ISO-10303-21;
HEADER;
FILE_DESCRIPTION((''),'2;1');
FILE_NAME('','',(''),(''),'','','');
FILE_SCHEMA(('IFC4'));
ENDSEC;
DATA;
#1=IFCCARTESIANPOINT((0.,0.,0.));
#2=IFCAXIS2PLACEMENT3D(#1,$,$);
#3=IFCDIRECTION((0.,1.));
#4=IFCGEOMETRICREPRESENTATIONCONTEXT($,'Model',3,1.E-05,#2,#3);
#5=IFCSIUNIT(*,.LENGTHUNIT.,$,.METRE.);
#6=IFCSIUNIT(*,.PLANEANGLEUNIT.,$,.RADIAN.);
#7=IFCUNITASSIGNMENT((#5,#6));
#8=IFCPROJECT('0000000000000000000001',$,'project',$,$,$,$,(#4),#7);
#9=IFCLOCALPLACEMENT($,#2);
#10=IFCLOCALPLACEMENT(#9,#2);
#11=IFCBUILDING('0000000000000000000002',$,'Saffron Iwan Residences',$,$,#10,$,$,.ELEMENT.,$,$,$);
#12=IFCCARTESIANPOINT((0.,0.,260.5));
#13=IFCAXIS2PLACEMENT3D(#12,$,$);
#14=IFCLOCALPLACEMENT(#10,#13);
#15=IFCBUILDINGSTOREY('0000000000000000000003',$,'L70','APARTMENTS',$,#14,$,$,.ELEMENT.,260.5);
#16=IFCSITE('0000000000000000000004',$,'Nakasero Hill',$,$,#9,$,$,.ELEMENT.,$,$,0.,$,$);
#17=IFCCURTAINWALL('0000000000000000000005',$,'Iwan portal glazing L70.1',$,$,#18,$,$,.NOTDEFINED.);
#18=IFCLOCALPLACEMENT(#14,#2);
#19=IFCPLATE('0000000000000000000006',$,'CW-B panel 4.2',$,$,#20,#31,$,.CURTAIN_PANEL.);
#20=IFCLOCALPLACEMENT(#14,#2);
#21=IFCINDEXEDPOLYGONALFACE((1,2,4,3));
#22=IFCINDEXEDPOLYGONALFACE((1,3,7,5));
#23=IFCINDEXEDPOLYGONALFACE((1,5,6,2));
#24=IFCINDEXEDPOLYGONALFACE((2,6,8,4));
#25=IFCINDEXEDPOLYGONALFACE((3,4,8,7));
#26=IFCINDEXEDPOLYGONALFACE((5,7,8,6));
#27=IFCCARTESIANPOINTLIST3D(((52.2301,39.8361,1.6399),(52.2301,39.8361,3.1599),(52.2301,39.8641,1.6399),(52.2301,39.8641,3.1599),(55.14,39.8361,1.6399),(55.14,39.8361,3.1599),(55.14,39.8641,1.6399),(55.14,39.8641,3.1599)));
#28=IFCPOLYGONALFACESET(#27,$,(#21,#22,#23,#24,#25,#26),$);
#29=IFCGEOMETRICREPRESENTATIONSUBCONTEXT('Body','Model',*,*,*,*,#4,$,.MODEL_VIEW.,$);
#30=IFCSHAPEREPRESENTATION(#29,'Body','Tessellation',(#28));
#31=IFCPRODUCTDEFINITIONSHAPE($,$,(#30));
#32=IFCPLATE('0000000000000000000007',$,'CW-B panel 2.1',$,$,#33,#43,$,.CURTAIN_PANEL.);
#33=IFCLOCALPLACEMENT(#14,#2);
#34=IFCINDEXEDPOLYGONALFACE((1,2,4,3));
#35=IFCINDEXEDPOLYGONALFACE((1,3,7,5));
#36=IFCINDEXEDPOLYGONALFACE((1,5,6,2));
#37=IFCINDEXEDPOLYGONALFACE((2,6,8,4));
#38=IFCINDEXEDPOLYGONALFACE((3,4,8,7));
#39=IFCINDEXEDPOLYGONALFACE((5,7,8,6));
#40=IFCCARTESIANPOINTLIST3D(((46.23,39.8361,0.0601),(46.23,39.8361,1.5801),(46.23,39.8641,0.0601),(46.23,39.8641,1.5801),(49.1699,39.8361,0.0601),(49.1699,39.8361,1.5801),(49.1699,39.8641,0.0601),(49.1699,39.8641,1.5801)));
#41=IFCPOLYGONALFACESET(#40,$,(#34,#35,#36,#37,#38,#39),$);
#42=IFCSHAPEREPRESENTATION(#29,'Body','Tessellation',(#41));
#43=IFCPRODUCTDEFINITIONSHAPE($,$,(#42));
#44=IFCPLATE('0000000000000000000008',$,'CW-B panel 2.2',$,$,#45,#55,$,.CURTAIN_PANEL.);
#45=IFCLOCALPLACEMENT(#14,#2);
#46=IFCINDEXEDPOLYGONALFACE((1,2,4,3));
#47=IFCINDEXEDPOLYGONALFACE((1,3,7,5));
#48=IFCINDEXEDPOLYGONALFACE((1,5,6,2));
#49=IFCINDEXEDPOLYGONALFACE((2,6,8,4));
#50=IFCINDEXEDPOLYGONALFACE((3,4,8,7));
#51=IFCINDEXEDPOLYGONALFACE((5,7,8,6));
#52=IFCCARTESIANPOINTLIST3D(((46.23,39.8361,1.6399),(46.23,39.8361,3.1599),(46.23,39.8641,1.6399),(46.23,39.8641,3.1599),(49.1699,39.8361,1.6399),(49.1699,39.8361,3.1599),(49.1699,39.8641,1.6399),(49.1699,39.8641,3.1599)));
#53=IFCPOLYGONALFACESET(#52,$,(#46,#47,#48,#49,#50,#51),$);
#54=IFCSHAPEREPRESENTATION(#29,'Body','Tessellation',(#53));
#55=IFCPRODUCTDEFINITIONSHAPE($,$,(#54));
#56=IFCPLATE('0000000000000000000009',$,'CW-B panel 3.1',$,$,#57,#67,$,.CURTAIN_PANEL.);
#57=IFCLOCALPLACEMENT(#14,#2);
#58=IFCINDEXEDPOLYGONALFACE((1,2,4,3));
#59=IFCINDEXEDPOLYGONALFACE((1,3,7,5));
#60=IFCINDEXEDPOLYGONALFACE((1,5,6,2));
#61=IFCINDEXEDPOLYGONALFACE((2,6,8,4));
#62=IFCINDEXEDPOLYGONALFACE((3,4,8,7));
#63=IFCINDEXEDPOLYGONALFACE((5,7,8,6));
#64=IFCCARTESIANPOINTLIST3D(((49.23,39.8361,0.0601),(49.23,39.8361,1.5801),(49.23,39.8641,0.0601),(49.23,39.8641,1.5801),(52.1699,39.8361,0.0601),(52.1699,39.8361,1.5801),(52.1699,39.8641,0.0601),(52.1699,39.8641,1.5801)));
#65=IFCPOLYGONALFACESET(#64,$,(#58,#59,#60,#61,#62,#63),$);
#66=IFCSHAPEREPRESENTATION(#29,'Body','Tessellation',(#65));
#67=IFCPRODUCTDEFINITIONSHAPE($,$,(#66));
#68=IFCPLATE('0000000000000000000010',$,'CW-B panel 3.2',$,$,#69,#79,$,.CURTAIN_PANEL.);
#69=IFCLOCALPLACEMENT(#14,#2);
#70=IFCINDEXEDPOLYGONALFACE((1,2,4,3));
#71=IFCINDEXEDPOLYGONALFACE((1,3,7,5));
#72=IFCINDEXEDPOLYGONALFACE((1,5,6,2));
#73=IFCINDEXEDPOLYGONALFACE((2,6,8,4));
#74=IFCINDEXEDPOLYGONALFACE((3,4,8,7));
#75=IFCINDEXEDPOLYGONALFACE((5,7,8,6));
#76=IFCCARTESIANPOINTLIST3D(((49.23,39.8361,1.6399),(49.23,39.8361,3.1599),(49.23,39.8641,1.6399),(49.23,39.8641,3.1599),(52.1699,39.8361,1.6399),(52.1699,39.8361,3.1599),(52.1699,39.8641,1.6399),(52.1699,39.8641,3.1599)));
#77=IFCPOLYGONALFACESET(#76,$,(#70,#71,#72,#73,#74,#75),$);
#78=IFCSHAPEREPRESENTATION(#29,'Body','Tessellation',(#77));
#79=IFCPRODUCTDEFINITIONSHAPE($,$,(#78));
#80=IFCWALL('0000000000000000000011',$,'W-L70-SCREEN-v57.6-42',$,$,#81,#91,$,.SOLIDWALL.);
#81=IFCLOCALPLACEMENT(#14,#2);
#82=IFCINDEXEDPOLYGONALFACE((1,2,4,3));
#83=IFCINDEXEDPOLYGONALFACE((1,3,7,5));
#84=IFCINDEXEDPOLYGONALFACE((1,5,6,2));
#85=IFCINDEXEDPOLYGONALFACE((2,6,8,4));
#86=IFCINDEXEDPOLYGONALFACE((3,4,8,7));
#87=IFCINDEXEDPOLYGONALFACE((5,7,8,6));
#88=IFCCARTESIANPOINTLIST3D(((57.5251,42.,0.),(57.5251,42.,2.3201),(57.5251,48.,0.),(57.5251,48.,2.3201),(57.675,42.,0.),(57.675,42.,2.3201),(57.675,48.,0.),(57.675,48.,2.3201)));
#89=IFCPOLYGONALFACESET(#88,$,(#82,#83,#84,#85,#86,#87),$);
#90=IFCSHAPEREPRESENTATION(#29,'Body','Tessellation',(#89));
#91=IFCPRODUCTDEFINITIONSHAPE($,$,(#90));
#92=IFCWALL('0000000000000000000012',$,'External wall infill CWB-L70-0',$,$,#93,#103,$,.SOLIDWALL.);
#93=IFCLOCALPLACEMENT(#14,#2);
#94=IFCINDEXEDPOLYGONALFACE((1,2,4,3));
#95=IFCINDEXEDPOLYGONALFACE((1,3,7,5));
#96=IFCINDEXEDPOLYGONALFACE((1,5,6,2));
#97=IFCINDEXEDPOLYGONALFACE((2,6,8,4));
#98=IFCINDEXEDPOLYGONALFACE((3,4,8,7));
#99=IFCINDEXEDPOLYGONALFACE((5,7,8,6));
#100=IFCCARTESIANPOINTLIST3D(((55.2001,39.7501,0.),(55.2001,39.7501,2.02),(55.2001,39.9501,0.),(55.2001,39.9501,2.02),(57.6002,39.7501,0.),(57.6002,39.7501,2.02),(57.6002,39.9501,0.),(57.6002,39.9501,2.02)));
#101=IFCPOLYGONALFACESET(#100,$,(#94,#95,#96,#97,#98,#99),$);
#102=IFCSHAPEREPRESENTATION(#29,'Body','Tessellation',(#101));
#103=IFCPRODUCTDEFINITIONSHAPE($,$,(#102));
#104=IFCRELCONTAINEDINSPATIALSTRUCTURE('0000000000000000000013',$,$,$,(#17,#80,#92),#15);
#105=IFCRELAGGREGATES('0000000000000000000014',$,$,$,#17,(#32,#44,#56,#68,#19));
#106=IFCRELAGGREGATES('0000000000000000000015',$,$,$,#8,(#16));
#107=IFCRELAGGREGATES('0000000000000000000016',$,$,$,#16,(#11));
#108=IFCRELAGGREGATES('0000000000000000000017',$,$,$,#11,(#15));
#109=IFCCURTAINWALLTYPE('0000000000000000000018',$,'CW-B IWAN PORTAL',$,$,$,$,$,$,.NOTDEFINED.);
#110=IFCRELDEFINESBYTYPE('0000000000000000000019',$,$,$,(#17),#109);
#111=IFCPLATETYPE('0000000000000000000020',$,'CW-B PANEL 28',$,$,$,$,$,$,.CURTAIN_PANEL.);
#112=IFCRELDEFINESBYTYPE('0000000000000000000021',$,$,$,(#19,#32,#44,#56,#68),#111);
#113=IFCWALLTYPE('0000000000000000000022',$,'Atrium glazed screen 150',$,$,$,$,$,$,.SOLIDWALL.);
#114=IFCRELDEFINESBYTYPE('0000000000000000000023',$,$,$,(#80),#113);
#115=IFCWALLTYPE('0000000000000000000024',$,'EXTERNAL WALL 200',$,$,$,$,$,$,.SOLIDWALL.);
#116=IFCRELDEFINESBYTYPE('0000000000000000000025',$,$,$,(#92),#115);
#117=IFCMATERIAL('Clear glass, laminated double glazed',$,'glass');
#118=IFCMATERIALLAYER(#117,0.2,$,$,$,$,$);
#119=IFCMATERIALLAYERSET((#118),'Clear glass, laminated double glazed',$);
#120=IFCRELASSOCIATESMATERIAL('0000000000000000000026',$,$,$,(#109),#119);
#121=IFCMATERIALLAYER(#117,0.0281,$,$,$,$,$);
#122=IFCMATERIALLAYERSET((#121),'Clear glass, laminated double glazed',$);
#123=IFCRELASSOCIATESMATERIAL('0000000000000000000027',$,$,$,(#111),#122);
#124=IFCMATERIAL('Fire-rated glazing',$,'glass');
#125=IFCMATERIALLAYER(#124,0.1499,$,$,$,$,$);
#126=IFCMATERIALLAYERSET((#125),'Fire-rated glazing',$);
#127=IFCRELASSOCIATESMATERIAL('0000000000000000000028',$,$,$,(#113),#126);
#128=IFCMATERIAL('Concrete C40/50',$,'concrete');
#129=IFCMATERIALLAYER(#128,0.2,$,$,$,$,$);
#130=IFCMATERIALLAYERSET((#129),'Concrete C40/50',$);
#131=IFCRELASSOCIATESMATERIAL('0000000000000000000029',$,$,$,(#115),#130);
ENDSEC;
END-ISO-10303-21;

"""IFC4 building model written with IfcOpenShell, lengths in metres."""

from ifc_helpers import new_model, si_unit, direction, frame, frame_2d, origin, origin_2d, place, context, subcontext, project, spatial, rectangle, extrude, source, transform, mapped, material, layer, layer_set, type_object, element, aggregate, save


model = new_model("IFC4")

# Units and contexts
model_context = context("Model", 3, precision=1e-05, world=origin(), true_north=direction((0.0, 1.0)))
body_context = subcontext(model_context, "Body", "Model", "MODEL_VIEW")
ifc_project = project(units=[si_unit("LENGTHUNIT", "METRE"), si_unit("PLANEANGLEUNIT", "RADIAN")], contexts=[model_context])

# Site, building, storey
site_placement = place(None, origin())
site = spatial("IfcSite", under=ifc_project, at=site_placement, Name="Nakasero Hill", CompositionType="ELEMENT", RefElevation=0.0)
building_placement = place(site_placement, origin())
building = spatial("IfcBuilding", under=site, at=building_placement, Name="Saffron Iwan Residences", CompositionType="ELEMENT")
storey_placement = place(building_placement, frame((0.0, 0.0, 260.5)))
storey = spatial("IfcBuildingStorey", under=building, at=storey_placement, Name="L70", Description="APARTMENTS", CompositionType="ELEMENT", Elevation=260.5)

# Shared definitions
ifc_material_1 = material(Name="Concrete C40/50", Category="concrete")

# Curtain wall, plates
ifc_material_2 = material(Name="Clear glass, laminated double glazed", Category="glass")
ifc_layer_1 = layer(ifc_material_2, 0.2)
ifc_layer_set_1 = layer_set([ifc_layer_1], Name="Clear glass, laminated double glazed")
curtain_wall_type = type_object("IfcCurtainWallType", Name="CW-B IWAN PORTAL", PredefinedType="NOTDEFINED", material=ifc_layer_set_1)
curtain_wall_placement = place(storey_placement, origin())
curtain_wall = element("IfcCurtainWall", 1, at=curtain_wall_placement, inside=storey, type_object=curtain_wall_type, Name="Iwan portal glazing L70.1", PredefinedType="NOTDEFINED")
ifc_layer_2 = layer(ifc_material_2, 0.0281)
ifc_layer_set_2 = layer_set([ifc_layer_2], Name="Clear glass, laminated double glazed")
plate_type = type_object("IfcPlateType", Name="CW-B PANEL 28", PredefinedType="CURTAIN_PANEL", material=ifc_layer_set_2)
shared_shape_1 = source(origin(), body_context, "Body", "SweptSolid", [
    extrude(rectangle(XDim=2.9099, YDim=0.0281, at=origin_2d()), origin(), (0.0, 0.0, 1.0), 1.52),
])
plate_1_placement = place(storey_placement, frame((53.6851, 39.8501, 1.6399), z_axis=(0.0, 0.0, 1.0), x_axis=(1.0, 0.0, 0.0)))
plate_1 = element("IfcPlate", 2, at=plate_1_placement, type_object=plate_type, Name="CW-B panel 4.2", PredefinedType="CURTAIN_PANEL", context=body_context, shape_type="MappedRepresentation", body=[
    mapped(shared_shape_1, transform((0.0, 0.0, 0.0))),
])
shared_shape_2 = source(origin(), body_context, "Body", "SweptSolid", [
    extrude(rectangle(XDim=2.9399, YDim=0.0281, at=origin_2d()), origin(), (0.0, 0.0, 1.0), 1.52),
])
plate_2_placement = place(storey_placement, frame((47.7, 39.8501, 0.0601), z_axis=(0.0, 0.0, 1.0), x_axis=(1.0, 0.0, 0.0)))
plate_2 = element("IfcPlate", 3, at=plate_2_placement, type_object=plate_type, Name="CW-B panel 2.1", PredefinedType="CURTAIN_PANEL", context=body_context, shape_type="MappedRepresentation", body=[
    mapped(shared_shape_2, transform((0.0, 0.0, 0.0))),
])
plate_3_placement = place(storey_placement, frame((47.7, 39.8501, 1.6399), z_axis=(0.0, 0.0, 1.0), x_axis=(1.0, 0.0, 0.0)))
plate_3 = element("IfcPlate", 4, at=plate_3_placement, type_object=plate_type, Name="CW-B panel 2.2", PredefinedType="CURTAIN_PANEL", context=body_context, shape_type="MappedRepresentation", body=[
    mapped(shared_shape_2, transform((0.0, 0.0, 0.0))),
])
plate_4_placement = place(storey_placement, frame((50.7, 39.8501, 0.0601), z_axis=(0.0, 0.0, 1.0), x_axis=(1.0, 0.0, 0.0)))
plate_4 = element("IfcPlate", 5, at=plate_4_placement, type_object=plate_type, Name="CW-B panel 3.1", PredefinedType="CURTAIN_PANEL", context=body_context, shape_type="MappedRepresentation", body=[
    mapped(shared_shape_2, transform((0.0, 0.0, 0.0))),
])
plate_5_placement = place(storey_placement, frame((50.7, 39.8501, 1.6399), z_axis=(0.0, 0.0, 1.0), x_axis=(1.0, 0.0, 0.0)))
plate_5 = element("IfcPlate", 6, at=plate_5_placement, type_object=plate_type, Name="CW-B panel 3.2", PredefinedType="CURTAIN_PANEL", context=body_context, shape_type="MappedRepresentation", body=[
    mapped(shared_shape_2, transform((0.0, 0.0, 0.0))),
])
aggregate(curtain_wall, [plate_2, plate_3, plate_4, plate_5, plate_1])

# Walls
ifc_material_3 = material(Name="Fire-rated glazing", Category="glass")
ifc_layer_3 = layer(ifc_material_3, 0.1499)
ifc_layer_set_3 = layer_set([ifc_layer_3], Name="Fire-rated glazing")
wall_type_1 = type_object("IfcWallType", Name="Atrium glazed screen 150", PredefinedType="SOLIDWALL", material=ifc_layer_set_3)
wall_1_placement = place(storey_placement, frame((57.6001, 42.0, 0.0), z_axis=(0.0, 0.0, 1.0), x_axis=(0.0, 1.0, 0.0)))
element("IfcWall", 7, at=wall_1_placement, inside=storey, type_object=wall_type_1, Name="W-L70-SCREEN-v57.6-42", PredefinedType="SOLIDWALL", context=body_context, shape_type="SweptSolid", body=[
    extrude(rectangle(XDim=6.0, YDim=0.1499, at=frame_2d((3.0, 0.0))), origin(), (0.0, 0.0, 1.0), 2.3201),
])
ifc_layer_4 = layer(ifc_material_1, 0.2)
ifc_layer_set_4 = layer_set([ifc_layer_4], Name="Concrete C40/50")
wall_type_2 = type_object("IfcWallType", Name="EXTERNAL WALL 200", PredefinedType="SOLIDWALL", material=ifc_layer_set_4)
wall_2_placement = place(storey_placement, frame((55.2, 39.8501, 0.0), z_axis=(0.0, 0.0, 1.0), x_axis=(1.0, 0.0, 0.0)))
element("IfcWall", 8, at=wall_2_placement, inside=storey, type_object=wall_type_2, Name="External wall infill CWB-L70-0", PredefinedType="SOLIDWALL", context=body_context, shape_type="SweptSolid", body=[
    extrude(rectangle(XDim=2.4001, YDim=0.2, at=frame_2d((1.2002, 0.0))), origin(), (0.0, 0.0, 1.0), 2.02),
])

save(model, "model.ifc")
